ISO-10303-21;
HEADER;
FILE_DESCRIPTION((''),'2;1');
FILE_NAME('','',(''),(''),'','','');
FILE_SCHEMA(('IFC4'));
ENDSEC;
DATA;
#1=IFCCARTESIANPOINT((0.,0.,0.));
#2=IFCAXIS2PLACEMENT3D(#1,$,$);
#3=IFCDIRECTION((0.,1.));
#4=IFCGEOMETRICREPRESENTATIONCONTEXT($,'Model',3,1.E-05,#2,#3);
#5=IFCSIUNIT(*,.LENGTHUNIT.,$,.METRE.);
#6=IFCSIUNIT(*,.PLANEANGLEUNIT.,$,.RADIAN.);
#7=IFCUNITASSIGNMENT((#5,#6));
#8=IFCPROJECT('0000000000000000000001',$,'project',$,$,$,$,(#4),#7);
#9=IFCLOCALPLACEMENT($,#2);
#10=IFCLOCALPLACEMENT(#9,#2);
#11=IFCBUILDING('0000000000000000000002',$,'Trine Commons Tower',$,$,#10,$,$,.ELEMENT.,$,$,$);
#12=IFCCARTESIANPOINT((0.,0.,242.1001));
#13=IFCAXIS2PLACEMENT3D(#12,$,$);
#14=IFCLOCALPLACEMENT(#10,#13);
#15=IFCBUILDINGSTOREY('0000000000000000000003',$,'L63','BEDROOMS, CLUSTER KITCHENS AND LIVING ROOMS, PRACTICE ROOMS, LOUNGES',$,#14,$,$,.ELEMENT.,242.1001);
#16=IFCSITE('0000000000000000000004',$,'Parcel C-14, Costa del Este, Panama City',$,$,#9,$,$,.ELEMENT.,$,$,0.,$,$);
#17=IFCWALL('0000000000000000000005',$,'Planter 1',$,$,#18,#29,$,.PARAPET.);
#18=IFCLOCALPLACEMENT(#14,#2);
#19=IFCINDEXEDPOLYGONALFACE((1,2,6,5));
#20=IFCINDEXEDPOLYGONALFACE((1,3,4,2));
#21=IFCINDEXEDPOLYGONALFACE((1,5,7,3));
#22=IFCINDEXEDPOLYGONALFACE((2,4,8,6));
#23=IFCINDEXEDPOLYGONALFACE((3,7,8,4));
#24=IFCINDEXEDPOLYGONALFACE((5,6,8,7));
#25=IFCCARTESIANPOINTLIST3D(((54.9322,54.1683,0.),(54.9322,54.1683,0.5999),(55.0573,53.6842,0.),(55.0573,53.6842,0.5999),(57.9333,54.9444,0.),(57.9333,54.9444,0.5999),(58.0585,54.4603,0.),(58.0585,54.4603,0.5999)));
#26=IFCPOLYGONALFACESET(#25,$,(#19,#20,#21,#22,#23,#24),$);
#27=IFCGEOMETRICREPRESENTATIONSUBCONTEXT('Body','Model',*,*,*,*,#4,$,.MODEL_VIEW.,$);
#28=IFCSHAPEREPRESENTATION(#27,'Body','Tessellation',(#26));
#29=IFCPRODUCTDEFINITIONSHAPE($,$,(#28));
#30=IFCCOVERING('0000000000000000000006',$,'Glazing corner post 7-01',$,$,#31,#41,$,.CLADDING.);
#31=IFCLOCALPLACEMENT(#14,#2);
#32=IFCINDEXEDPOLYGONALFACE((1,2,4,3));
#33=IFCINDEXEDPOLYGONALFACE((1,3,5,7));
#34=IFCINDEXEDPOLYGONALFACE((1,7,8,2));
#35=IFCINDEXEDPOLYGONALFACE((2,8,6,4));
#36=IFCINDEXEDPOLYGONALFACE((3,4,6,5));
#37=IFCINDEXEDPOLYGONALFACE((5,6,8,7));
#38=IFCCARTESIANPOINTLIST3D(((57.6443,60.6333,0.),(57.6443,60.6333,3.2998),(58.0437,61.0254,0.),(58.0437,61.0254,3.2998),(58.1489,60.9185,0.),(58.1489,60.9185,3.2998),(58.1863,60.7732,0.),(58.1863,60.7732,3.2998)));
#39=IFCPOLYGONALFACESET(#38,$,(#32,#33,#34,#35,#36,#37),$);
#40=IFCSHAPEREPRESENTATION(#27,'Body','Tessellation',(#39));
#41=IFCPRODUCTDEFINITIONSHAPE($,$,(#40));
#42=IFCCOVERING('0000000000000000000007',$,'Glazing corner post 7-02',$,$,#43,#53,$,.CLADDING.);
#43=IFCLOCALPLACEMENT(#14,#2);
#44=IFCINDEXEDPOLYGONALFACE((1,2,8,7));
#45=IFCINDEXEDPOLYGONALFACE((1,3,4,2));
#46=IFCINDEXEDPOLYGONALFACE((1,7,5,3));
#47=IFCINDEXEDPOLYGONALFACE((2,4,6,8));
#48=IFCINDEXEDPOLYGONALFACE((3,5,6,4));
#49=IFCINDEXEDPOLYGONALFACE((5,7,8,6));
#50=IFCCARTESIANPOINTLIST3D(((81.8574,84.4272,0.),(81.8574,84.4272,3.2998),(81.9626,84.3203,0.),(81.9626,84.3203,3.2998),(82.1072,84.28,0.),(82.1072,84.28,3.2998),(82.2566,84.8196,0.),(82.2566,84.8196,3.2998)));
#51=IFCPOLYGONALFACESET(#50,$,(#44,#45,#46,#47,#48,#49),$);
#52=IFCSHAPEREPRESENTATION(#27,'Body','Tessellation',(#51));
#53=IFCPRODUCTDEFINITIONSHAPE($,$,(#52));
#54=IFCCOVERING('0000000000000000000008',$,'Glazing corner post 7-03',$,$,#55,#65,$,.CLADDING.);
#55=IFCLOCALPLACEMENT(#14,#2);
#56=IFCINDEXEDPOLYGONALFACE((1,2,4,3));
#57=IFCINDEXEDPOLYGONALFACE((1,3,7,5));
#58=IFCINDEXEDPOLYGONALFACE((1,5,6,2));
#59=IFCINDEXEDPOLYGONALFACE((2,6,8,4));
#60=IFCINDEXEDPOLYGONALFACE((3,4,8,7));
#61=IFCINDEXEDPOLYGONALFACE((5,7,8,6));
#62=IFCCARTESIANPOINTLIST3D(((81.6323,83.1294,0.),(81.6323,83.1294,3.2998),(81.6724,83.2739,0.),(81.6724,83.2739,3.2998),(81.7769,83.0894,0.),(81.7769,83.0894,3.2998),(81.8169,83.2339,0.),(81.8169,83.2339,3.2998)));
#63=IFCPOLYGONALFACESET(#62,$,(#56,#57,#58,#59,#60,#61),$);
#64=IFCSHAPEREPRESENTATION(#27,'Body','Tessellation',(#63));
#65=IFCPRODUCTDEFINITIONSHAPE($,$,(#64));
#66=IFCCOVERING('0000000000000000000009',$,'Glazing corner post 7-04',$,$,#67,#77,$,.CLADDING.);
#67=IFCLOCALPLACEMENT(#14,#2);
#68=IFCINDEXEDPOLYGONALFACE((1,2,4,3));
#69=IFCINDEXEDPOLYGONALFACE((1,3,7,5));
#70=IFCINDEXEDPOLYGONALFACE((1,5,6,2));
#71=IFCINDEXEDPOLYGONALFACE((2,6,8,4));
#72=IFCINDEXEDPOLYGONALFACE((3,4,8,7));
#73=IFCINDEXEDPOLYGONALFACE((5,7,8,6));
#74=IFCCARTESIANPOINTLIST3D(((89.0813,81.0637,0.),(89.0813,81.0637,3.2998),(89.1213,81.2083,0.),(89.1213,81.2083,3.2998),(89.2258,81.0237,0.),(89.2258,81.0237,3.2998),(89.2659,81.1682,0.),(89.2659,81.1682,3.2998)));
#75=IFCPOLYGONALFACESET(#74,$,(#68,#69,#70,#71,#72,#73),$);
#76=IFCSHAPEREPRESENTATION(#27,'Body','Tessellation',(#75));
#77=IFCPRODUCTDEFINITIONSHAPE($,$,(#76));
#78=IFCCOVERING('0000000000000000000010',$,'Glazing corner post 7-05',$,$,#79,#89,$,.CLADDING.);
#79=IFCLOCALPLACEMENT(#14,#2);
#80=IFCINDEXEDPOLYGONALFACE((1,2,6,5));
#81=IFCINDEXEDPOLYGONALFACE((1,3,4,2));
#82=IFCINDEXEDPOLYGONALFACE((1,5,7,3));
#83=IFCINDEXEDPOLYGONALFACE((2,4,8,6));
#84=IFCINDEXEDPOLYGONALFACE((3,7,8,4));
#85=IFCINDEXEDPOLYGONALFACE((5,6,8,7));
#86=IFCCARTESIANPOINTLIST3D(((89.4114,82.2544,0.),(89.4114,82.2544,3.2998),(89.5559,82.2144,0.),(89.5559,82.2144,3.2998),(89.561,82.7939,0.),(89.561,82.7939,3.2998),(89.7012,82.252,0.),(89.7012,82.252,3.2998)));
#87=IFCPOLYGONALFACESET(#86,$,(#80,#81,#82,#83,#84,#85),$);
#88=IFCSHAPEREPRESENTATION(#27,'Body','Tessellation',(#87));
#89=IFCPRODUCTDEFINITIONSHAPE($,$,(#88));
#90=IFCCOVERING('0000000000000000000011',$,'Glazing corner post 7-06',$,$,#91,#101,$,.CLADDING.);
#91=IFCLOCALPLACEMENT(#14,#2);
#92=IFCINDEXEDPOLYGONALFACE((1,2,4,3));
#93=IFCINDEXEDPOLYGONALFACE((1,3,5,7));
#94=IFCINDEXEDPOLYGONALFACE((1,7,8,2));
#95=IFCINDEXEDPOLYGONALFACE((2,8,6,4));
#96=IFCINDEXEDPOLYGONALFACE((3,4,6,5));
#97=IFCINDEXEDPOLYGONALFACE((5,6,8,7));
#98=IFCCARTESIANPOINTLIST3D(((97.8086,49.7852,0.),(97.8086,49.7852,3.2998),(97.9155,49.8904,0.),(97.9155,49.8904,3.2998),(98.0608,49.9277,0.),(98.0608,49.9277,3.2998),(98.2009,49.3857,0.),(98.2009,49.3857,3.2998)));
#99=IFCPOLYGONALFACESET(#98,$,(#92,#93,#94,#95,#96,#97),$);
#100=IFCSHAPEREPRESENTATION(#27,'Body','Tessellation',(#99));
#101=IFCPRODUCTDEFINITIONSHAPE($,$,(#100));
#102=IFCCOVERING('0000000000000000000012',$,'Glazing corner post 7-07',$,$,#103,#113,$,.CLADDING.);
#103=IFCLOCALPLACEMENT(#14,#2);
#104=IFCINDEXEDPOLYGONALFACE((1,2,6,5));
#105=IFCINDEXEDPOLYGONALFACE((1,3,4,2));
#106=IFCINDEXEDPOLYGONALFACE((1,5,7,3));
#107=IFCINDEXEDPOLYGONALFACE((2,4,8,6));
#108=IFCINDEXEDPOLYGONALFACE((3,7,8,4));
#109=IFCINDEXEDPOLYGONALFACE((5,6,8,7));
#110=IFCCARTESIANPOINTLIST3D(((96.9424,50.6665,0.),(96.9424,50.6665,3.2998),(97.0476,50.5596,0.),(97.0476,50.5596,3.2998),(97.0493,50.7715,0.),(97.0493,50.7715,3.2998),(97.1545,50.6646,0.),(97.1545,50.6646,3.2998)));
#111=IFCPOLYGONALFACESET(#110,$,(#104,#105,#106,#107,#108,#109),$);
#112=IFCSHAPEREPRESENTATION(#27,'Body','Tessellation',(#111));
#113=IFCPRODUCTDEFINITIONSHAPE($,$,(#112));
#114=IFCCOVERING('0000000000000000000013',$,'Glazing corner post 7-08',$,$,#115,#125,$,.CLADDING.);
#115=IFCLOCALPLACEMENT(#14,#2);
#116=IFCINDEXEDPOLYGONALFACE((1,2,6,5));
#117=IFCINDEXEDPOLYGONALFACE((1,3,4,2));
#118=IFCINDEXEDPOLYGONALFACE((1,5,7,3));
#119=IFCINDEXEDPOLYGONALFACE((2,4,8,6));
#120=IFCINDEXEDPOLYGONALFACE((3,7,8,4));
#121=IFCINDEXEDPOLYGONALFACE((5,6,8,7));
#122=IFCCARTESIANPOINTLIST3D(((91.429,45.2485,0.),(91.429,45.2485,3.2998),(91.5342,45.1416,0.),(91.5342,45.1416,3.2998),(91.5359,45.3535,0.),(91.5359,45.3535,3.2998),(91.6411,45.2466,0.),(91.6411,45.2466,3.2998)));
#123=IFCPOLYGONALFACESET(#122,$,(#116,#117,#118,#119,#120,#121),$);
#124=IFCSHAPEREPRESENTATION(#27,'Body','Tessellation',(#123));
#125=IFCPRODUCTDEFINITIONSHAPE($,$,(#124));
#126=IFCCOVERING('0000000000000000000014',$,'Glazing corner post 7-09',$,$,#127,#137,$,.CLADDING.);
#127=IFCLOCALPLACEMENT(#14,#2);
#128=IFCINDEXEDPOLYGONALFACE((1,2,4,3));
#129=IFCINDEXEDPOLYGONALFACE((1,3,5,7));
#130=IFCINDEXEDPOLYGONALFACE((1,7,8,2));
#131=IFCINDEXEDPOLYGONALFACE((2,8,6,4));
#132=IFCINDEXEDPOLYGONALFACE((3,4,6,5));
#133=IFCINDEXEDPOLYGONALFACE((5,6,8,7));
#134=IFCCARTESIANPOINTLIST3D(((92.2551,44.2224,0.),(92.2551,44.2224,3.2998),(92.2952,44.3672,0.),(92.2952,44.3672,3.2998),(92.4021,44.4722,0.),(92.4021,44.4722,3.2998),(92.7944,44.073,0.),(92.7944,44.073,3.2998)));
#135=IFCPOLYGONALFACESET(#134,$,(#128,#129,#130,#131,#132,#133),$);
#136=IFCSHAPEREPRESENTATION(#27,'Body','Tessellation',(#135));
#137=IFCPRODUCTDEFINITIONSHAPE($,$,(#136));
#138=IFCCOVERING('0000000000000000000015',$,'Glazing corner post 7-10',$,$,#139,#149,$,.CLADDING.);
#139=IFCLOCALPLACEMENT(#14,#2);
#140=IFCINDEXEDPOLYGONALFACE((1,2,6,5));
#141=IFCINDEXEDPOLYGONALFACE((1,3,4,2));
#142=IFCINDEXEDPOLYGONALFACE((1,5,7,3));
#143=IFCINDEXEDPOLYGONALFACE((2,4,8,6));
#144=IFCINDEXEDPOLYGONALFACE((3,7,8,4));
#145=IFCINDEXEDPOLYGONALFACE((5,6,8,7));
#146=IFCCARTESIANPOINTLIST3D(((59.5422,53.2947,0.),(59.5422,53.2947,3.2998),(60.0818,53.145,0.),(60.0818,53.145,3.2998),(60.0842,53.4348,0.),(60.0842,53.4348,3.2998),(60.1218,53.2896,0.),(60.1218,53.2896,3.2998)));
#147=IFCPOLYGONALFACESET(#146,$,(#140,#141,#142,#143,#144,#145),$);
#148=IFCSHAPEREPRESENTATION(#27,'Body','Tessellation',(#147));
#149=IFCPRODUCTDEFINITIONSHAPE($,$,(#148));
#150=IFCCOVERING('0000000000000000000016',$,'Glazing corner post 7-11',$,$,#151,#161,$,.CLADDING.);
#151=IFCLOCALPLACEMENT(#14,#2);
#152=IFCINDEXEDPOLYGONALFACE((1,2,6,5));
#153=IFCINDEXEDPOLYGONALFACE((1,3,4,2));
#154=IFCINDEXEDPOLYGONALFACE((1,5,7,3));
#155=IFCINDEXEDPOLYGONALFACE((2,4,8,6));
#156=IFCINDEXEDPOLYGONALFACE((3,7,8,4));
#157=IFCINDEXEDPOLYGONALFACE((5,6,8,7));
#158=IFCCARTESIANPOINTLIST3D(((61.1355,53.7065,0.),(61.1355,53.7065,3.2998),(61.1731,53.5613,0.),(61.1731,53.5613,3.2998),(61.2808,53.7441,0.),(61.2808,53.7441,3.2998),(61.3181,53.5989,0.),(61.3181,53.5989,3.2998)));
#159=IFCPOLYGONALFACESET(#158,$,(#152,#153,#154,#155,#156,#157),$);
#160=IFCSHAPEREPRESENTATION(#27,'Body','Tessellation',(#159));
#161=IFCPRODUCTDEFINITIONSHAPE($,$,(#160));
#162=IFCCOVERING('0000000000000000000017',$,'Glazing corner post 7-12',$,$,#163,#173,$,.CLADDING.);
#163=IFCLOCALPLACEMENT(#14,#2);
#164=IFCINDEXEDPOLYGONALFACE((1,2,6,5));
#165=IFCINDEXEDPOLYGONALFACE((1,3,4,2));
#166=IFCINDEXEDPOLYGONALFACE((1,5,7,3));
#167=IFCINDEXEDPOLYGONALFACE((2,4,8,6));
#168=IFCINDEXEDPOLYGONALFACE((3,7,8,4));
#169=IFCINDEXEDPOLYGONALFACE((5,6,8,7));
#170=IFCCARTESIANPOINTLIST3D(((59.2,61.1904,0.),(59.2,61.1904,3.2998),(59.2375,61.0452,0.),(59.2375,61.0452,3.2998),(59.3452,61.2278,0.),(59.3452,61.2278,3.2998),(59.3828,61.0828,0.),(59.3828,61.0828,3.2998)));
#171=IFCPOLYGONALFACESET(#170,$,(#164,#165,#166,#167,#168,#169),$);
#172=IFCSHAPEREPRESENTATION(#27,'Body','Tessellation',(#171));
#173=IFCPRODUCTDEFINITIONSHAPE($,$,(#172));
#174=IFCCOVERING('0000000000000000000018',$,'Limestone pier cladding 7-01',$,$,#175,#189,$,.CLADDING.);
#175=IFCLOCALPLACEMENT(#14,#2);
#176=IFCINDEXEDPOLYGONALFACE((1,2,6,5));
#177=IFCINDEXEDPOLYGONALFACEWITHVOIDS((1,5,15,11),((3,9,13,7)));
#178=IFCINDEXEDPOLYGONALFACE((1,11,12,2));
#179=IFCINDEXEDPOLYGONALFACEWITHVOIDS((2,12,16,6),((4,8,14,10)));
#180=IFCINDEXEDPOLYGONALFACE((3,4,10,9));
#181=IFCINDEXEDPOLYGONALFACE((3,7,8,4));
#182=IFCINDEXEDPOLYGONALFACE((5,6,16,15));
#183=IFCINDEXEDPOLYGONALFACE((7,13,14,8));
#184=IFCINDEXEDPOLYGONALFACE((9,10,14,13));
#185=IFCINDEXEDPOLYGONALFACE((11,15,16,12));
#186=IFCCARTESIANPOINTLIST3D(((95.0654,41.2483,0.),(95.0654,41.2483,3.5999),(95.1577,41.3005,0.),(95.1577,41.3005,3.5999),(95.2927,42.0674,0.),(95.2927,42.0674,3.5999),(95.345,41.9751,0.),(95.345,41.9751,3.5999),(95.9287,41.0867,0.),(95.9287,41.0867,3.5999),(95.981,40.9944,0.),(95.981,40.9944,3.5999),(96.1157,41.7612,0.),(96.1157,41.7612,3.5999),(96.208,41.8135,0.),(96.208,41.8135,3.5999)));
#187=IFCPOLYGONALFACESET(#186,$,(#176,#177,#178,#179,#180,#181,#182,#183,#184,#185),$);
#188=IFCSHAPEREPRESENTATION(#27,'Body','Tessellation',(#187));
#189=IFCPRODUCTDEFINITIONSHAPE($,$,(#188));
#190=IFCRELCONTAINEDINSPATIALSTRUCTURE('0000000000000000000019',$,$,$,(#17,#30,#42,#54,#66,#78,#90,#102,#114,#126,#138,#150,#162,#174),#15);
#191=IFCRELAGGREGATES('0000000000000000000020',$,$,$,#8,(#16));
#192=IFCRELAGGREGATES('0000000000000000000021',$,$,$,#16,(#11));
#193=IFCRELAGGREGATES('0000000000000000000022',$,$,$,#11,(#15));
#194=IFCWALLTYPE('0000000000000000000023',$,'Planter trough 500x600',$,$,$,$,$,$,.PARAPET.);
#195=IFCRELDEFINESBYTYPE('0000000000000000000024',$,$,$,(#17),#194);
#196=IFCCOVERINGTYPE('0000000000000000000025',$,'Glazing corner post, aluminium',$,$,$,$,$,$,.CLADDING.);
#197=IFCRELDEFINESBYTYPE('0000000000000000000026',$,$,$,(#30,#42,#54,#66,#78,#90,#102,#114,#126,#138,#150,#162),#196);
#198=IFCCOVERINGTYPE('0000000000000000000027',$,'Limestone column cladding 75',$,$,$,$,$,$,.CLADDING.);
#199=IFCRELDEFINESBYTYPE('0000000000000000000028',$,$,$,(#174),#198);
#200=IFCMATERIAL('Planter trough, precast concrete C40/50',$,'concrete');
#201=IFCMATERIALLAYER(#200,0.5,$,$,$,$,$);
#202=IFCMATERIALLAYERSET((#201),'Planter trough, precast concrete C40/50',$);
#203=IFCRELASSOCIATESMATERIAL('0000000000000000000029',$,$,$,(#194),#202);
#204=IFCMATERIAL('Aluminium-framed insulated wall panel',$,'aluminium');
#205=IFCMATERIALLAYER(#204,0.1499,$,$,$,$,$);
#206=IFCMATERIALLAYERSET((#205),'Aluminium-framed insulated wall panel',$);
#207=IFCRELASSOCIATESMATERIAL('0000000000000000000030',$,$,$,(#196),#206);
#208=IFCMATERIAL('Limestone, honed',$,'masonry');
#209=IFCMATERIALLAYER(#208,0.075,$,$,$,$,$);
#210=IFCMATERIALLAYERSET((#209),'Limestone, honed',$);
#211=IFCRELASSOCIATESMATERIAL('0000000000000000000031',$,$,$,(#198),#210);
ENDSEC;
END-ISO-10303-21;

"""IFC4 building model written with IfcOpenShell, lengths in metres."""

from ifc_helpers import new_model, si_unit, direction, frame, frame_2d, origin, place, context, subcontext, project, spatial, polyline, rectangle, outline, extrude, material, layer, layer_set, type_object, element, save


model = new_model("IFC4")

# Units and contexts
model_context = context("Model", 3, precision=1e-05, world=origin(), true_north=direction((0.0, 1.0)))
body_context = subcontext(model_context, "Body", "Model", "MODEL_VIEW")
ifc_project = project(units=[si_unit("LENGTHUNIT", "METRE"), si_unit("PLANEANGLEUNIT", "RADIAN")], contexts=[model_context])

# Site, building, storey
site_placement = place(None, origin())
site = spatial("IfcSite", under=ifc_project, at=site_placement, Name="Parcel C-14, Costa del Este, Panama City", CompositionType="ELEMENT", RefElevation=0.0)
building_placement = place(site_placement, origin())
building = spatial("IfcBuilding", under=site, at=building_placement, Name="Trine Commons Tower", CompositionType="ELEMENT")
storey_placement = place(building_placement, frame((0.0, 0.0, 242.1001)))
storey = spatial("IfcBuildingStorey", under=building, at=storey_placement, Name="L63", Description="BEDROOMS, CLUSTER KITCHENS AND LIVING ROOMS, PRACTICE ROOMS, LOUNGES", CompositionType="ELEMENT", Elevation=242.1001)

# Wall
ifc_material_1 = material(Name="Planter trough, precast concrete C40/50", Category="concrete")
ifc_layer_1 = layer(ifc_material_1, 0.5)
ifc_layer_set_1 = layer_set([ifc_layer_1], Name="Planter trough, precast concrete C40/50")
wall_type = type_object("IfcWallType", Name="Planter trough 500x600", PredefinedType="PARAPET", material=ifc_layer_set_1)
wall_placement = place(storey_placement, frame((54.9949, 53.9263, 0.0), z_axis=(0.0, 0.0, 1.0), x_axis=(0.968151, 0.250366, 0.0)))
element("IfcWall", 1, at=wall_placement, inside=storey, type_object=wall_type, Name="Planter 1", PredefinedType="PARAPET", context=body_context, shape_type="SweptSolid", body=[
    extrude(rectangle(XDim=3.0999, YDim=0.5, at=frame_2d((1.5498, 0.0))), origin(), (0.0, 0.0, 1.0), 0.5999),
])

# Coverings
ifc_material_2 = material(Name="Aluminium-framed insulated wall panel", Category="aluminium")
ifc_layer_2 = layer(ifc_material_2, 0.1499)
ifc_layer_set_2 = layer_set([ifc_layer_2], Name="Aluminium-framed insulated wall panel")
covering_type_1 = type_object("IfcCoveringType", Name="Glazing corner post, aluminium", PredefinedType="CLADDING", material=ifc_layer_set_2)
covering_1_placement = place(storey_placement, origin())
element("IfcCovering", 2, at=covering_1_placement, inside=storey, type_object=covering_type_1, Name="Glazing corner post 7-01", PredefinedType="CLADDING", context=body_context, shape_type="SweptSolid", body=[
    extrude(outline(polyline([(58.1863, 60.7732), (58.1489, 60.9185), (58.0437, 61.0254), (57.6443, 60.6333), (58.1863, 60.7732)])), origin(), (0.0, 0.0, 1.0), 3.2998),
])
covering_2_placement = place(storey_placement, origin())
element("IfcCovering", 3, at=covering_2_placement, inside=storey, type_object=covering_type_1, Name="Glazing corner post 7-02", PredefinedType="CLADDING", context=body_context, shape_type="SweptSolid", body=[
    extrude(outline(polyline([(82.1072, 84.28), (82.2566, 84.8196), (81.8574, 84.4272), (81.9626, 84.3203), (82.1072, 84.28)])), origin(), (0.0, 0.0, 1.0), 3.2998),
])
covering_3_placement = place(storey_placement, origin())
element("IfcCovering", 4, at=covering_3_placement, inside=storey, type_object=covering_type_1, Name="Glazing corner post 7-03", PredefinedType="CLADDING", context=body_context, shape_type="SweptSolid", body=[
    extrude(outline(polyline([(81.7769, 83.0894), (81.8169, 83.2339), (81.6724, 83.2739), (81.6323, 83.1294), (81.7769, 83.0894)])), origin(), (0.0, 0.0, 1.0), 3.2998),
])
covering_4_placement = place(storey_placement, origin())
element("IfcCovering", 5, at=covering_4_placement, inside=storey, type_object=covering_type_1, Name="Glazing corner post 7-04", PredefinedType="CLADDING", context=body_context, shape_type="SweptSolid", body=[
    extrude(outline(polyline([(89.0813, 81.0637), (89.2258, 81.0237), (89.2659, 81.1682), (89.1213, 81.2083), (89.0813, 81.0637)])), origin(), (0.0, 0.0, 1.0), 3.2998),
])
covering_5_placement = place(storey_placement, origin())
element("IfcCovering", 6, at=covering_5_placement, inside=storey, type_object=covering_type_1, Name="Glazing corner post 7-05", PredefinedType="CLADDING", context=body_context, shape_type="SweptSolid", body=[
    extrude(outline(polyline([(89.4114, 82.2544), (89.5559, 82.2144), (89.7012, 82.252), (89.561, 82.7939), (89.4114, 82.2544)])), origin(), (0.0, 0.0, 1.0), 3.2998),
])
covering_6_placement = place(storey_placement, origin())
element("IfcCovering", 7, at=covering_6_placement, inside=storey, type_object=covering_type_1, Name="Glazing corner post 7-06", PredefinedType="CLADDING", context=body_context, shape_type="SweptSolid", body=[
    extrude(outline(polyline([(97.8086, 49.7852), (98.2009, 49.3857), (98.0608, 49.9277), (97.9155, 49.8904), (97.9155, 49.8904), (97.8086, 49.7852)])), origin(), (0.0, 0.0, 1.0), 3.2998),
])
covering_7_placement = place(storey_placement, origin())
element("IfcCovering", 8, at=covering_7_placement, inside=storey, type_object=covering_type_1, Name="Glazing corner post 7-07", PredefinedType="CLADDING", context=body_context, shape_type="SweptSolid", body=[
    extrude(outline(polyline([(96.9424, 50.6665), (97.0476, 50.5596), (97.1545, 50.6646), (97.0493, 50.7715), (96.9424, 50.6665)])), origin(), (0.0, 0.0, 1.0), 3.2998),
])
covering_8_placement = place(storey_placement, origin())
element("IfcCovering", 9, at=covering_8_placement, inside=storey, type_object=covering_type_1, Name="Glazing corner post 7-08", PredefinedType="CLADDING", context=body_context, shape_type="SweptSolid", body=[
    extrude(outline(polyline([(91.5342, 45.1416), (91.6411, 45.2466), (91.5359, 45.3535), (91.429, 45.2485), (91.5342, 45.1416)])), origin(), (0.0, 0.0, 1.0), 3.2998),
])
covering_9_placement = place(storey_placement, origin())
element("IfcCovering", 10, at=covering_9_placement, inside=storey, type_object=covering_type_1, Name="Glazing corner post 7-09", PredefinedType="CLADDING", context=body_context, shape_type="SweptSolid", body=[
    extrude(outline(polyline([(92.2551, 44.2224), (92.7944, 44.073), (92.4021, 44.4722), (92.2952, 44.3672), (92.2551, 44.2224)])), origin(), (0.0, 0.0, 1.0), 3.2998),
])
covering_10_placement = place(storey_placement, origin())
element("IfcCovering", 11, at=covering_10_placement, inside=storey, type_object=covering_type_1, Name="Glazing corner post 7-10", PredefinedType="CLADDING", context=body_context, shape_type="SweptSolid", body=[
    extrude(outline(polyline([(60.0818, 53.145), (60.1218, 53.2896), (60.0842, 53.4348), (59.5422, 53.2947), (60.0818, 53.145)])), origin(), (0.0, 0.0, 1.0), 3.2998),
])
covering_11_placement = place(storey_placement, origin())
element("IfcCovering", 12, at=covering_11_placement, inside=storey, type_object=covering_type_1, Name="Glazing corner post 7-11", PredefinedType="CLADDING", context=body_context, shape_type="SweptSolid", body=[
    extrude(outline(polyline([(61.1355, 53.7065), (61.1355, 53.7065), (61.1731, 53.5613), (61.3181, 53.5989), (61.2808, 53.7441), (61.1355, 53.7065)])), origin(), (0.0, 0.0, 1.0), 3.2998),
])
covering_12_placement = place(storey_placement, origin())
element("IfcCovering", 13, at=covering_12_placement, inside=storey, type_object=covering_type_1, Name="Glazing corner post 7-12", PredefinedType="CLADDING", context=body_context, shape_type="SweptSolid", body=[
    extrude(outline(polyline([(59.2, 61.1904), (59.2375, 61.0452), (59.3828, 61.0828), (59.3452, 61.2278), (59.2, 61.1904)])), origin(), (0.0, 0.0, 1.0), 3.2998),
])
ifc_material_3 = material(Name="Limestone, honed", Category="masonry")
ifc_layer_3 = layer(ifc_material_3, 0.075)
ifc_layer_set_3 = layer_set([ifc_layer_3], Name="Limestone, honed")
covering_type_2 = type_object("IfcCoveringType", Name="Limestone column cladding 75", PredefinedType="CLADDING", material=ifc_layer_set_3)
covering_13_placement = place(storey_placement, origin())
element("IfcCovering", 14, at=covering_13_placement, inside=storey, type_object=covering_type_2, Name="Limestone pier cladding 7-01", PredefinedType="CLADDING", context=body_context, shape_type="SweptSolid", body=[
    extrude(outline(polyline([(95.2927, 42.0674), (95.0654, 41.2483), (95.981, 40.9944), (96.208, 41.8135), (95.2927, 42.0674)]), holes=[polyline([(95.345, 41.9751), (95.1577, 41.3005), (95.9287, 41.0867), (96.1157, 41.7612), (95.345, 41.9751)])]), origin(), (0.0, 0.0, 1.0), 3.5999),
])

save(model, "model.ifc")
